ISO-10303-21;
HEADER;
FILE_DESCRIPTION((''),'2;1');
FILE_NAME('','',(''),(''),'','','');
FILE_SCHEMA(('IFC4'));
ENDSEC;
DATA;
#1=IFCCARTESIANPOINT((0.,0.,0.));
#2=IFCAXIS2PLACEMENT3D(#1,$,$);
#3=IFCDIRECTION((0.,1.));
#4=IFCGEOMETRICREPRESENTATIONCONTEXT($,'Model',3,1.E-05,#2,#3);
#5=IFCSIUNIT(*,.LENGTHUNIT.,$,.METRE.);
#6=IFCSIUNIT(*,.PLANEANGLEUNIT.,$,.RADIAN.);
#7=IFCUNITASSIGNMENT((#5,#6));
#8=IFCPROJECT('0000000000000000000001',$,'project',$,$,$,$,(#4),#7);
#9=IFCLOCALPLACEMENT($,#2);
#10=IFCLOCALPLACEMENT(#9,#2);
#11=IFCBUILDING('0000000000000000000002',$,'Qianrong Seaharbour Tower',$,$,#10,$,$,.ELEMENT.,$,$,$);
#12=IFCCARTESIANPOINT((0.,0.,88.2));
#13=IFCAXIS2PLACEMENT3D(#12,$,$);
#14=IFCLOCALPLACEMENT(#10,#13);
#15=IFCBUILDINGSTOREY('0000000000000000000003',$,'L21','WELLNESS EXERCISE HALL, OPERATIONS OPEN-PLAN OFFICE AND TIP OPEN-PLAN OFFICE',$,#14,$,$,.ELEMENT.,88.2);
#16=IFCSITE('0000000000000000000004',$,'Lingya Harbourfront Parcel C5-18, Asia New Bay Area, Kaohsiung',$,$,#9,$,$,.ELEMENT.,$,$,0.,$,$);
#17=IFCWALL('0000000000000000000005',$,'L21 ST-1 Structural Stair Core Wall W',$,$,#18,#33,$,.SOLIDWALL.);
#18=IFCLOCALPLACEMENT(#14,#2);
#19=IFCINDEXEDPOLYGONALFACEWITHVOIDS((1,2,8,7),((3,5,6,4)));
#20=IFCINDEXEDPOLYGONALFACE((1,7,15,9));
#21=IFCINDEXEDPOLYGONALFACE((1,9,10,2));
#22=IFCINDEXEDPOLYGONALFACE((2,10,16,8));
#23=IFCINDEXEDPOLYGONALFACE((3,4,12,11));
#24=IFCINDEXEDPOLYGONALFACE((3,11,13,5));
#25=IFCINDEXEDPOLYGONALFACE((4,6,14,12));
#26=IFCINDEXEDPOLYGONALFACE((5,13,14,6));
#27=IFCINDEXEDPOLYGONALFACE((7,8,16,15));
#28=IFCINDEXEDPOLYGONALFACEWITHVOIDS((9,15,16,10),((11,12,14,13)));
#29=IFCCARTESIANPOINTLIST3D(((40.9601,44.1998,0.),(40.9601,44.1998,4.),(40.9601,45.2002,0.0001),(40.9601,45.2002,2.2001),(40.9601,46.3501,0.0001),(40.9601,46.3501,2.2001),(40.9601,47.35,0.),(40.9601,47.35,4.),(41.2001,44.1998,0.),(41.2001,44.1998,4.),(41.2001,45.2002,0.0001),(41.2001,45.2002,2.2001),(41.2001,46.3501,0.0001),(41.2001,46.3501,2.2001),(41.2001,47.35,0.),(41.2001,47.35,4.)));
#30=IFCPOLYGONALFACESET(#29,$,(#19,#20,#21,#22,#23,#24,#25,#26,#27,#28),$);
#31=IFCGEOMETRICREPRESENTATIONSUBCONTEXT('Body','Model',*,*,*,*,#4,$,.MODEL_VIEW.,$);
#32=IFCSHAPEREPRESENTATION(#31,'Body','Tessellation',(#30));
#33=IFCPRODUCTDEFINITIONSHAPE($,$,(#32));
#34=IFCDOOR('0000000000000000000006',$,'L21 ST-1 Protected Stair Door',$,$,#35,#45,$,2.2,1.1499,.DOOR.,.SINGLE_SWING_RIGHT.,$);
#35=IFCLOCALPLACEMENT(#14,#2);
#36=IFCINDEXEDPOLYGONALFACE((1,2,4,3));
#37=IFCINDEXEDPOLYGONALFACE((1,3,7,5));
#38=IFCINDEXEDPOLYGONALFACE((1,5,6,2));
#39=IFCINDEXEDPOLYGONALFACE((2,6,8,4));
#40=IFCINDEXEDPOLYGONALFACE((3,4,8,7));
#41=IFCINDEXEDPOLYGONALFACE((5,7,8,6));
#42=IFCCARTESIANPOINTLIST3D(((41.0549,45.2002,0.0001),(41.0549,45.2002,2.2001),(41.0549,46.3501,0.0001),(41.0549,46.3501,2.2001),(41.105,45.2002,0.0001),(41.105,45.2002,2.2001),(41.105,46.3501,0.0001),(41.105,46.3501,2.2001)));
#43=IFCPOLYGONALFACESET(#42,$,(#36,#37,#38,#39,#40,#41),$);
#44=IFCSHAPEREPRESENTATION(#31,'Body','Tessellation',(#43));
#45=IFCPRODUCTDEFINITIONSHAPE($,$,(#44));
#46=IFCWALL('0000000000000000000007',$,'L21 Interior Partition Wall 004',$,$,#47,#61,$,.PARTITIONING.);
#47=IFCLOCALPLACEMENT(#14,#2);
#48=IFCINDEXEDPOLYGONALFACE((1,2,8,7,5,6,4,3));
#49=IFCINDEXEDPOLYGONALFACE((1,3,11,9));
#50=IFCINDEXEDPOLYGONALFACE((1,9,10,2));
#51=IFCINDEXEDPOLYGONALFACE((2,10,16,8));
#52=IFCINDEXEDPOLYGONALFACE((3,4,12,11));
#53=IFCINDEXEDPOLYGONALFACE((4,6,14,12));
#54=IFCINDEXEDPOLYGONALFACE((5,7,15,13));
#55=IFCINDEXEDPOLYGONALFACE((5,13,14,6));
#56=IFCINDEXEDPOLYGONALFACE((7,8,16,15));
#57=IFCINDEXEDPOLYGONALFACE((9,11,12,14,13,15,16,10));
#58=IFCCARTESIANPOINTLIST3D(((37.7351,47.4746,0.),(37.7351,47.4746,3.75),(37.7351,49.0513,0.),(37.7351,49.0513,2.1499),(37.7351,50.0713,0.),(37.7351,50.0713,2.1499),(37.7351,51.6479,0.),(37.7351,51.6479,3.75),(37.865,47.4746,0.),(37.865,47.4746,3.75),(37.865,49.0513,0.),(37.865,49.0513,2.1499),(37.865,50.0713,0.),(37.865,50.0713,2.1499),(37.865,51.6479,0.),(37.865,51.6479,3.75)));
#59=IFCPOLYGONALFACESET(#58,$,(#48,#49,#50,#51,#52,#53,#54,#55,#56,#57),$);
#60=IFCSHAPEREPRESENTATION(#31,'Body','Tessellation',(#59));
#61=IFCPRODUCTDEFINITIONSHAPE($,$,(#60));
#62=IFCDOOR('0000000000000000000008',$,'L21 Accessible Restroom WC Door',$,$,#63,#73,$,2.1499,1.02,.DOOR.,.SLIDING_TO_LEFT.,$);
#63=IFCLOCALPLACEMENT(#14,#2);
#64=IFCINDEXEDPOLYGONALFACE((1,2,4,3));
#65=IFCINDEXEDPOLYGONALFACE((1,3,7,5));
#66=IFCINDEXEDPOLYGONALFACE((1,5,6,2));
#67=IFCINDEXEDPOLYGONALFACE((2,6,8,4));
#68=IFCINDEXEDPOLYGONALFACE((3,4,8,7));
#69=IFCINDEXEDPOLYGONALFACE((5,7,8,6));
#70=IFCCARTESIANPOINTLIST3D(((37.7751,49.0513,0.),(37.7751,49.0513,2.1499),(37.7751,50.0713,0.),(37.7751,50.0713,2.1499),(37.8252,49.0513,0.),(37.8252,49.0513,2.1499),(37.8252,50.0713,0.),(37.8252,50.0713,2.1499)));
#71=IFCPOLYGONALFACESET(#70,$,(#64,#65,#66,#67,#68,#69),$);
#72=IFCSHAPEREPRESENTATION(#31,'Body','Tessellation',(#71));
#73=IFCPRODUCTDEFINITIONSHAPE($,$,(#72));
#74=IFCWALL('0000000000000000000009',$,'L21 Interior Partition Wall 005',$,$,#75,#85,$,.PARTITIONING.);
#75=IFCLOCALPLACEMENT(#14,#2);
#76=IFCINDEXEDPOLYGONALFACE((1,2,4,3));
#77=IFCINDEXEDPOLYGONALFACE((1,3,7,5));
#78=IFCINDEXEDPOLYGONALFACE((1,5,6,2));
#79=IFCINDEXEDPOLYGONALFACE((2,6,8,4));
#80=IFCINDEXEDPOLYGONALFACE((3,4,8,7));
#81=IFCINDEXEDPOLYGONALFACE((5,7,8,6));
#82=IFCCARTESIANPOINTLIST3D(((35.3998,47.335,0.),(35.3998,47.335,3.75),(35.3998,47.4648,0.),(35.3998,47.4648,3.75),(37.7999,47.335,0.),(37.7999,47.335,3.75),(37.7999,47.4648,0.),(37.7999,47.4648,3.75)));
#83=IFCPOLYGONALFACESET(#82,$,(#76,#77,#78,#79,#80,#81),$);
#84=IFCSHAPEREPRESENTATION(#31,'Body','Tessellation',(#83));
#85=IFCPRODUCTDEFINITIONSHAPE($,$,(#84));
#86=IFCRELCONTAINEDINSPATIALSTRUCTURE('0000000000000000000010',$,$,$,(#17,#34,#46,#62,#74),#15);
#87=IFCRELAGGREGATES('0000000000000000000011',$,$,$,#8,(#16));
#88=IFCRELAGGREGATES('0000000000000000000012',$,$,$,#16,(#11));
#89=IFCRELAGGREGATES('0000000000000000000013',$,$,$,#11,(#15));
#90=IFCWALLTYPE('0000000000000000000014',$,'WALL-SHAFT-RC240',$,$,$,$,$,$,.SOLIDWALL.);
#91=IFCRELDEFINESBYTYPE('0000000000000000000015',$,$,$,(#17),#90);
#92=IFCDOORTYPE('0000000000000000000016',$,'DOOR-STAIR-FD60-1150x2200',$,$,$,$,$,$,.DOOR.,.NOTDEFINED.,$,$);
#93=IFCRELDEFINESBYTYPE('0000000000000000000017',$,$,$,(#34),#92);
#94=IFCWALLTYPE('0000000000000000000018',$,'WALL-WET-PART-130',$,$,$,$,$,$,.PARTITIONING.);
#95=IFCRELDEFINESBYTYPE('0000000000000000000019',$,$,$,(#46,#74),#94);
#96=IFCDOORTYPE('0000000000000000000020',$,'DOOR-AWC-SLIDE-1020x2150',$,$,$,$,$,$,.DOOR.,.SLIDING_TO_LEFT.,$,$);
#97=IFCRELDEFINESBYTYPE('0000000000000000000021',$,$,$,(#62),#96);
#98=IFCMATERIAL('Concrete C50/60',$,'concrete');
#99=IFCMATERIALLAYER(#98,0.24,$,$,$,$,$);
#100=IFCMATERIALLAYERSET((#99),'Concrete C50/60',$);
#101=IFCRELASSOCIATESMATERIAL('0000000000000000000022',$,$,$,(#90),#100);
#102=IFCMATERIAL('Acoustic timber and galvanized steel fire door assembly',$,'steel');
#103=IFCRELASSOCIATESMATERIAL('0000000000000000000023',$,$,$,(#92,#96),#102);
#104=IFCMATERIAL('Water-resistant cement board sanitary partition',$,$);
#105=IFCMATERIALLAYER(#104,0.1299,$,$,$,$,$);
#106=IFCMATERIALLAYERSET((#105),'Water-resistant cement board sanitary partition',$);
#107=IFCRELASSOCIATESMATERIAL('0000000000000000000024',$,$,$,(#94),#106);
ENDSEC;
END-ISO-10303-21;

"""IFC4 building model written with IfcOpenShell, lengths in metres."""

from ifc_helpers import new_model, si_unit, direction, frame, frame_2d, origin, place, context, subcontext, project, spatial, rectangle, extrude, material, layer, layer_set, type_object, element, fill, save


model = new_model("IFC4")

# Units and contexts
model_context = context("Model", 3, precision=1e-05, world=origin(), true_north=direction((0.0, 1.0)))
body_context = subcontext(model_context, "Body", "Model", "MODEL_VIEW")
ifc_project = project(units=[si_unit("LENGTHUNIT", "METRE"), si_unit("PLANEANGLEUNIT", "RADIAN")], contexts=[model_context])

# Site, building, storey
site_placement = place(None, origin())
site = spatial("IfcSite", under=ifc_project, at=site_placement, Name="Lingya Harbourfront Parcel C5-18, Asia New Bay Area, Kaohsiung", CompositionType="ELEMENT", RefElevation=0.0)
building_placement = place(site_placement, origin())
building = spatial("IfcBuilding", under=site, at=building_placement, Name="Qianrong Seaharbour Tower", CompositionType="ELEMENT")
storey_placement = place(building_placement, frame((0.0, 0.0, 88.2)))
storey = spatial("IfcBuildingStorey", under=building, at=storey_placement, Name="L21", Description="WELLNESS EXERCISE HALL, OPERATIONS OPEN-PLAN OFFICE AND TIP OPEN-PLAN OFFICE", CompositionType="ELEMENT", Elevation=88.2)

# Shared definitions
ifc_material_1 = material(Name="Acoustic timber and galvanized steel fire door assembly", Category="steel")

# Shared definitions
ifc_material_2 = material(Name="Concrete C50/60", Category="concrete")
ifc_layer_1 = layer(ifc_material_2, 0.24)
ifc_layer_set_1 = layer_set([ifc_layer_1], Name="Concrete C50/60")
wall_type_1 = type_object("IfcWallType", Name="WALL-SHAFT-RC240", PredefinedType="SOLIDWALL", material=ifc_layer_set_1)

# Walls, openings, doors
wall_1_placement = place(storey_placement, frame((41.0801, 47.3501, 0.0), z_axis=(0.0, 0.0, 1.0), x_axis=(0.0, -1.0, 0.0)))
wall_1 = element("IfcWall", 1, at=wall_1_placement, inside=storey, type_object=wall_type_1, Name="L21 ST-1 Structural Stair Core Wall W", PredefinedType="SOLIDWALL", context=body_context, shape_type="SweptSolid", body=[
    extrude(rectangle(XDim=3.1501, YDim=0.24, at=frame_2d((1.5752, 0.0))), origin(), (0.0, 0.0, 1.0), 4.0),
])
opening_1_placement = place(wall_1_placement, frame((1.0, 0.0, 0.0)))
opening_1 = element("IfcOpeningElement", 2, at=opening_1_placement, cuts=wall_1, PredefinedType="OPENING", context=body_context, shape_type="SweptSolid", body=[
    extrude(rectangle(XDim=1.1499, YDim=2.2, at=frame_2d((0.575, 1.1001))), frame((0.0, 0.1299, 0.0), z_axis=(0.0, -1.0, 0.0), x_axis=(1.0, 0.0, 0.0)), (0.0, 0.0, 1.0), 0.26),
])
door_type_1 = type_object("IfcDoorType", Name="DOOR-STAIR-FD60-1150x2200", OperationType="NOTDEFINED", PredefinedType="DOOR", material=ifc_material_1)
door_1_placement = place(opening_1_placement, origin())
door_1 = element("IfcDoor", 3, at=door_1_placement, inside=storey, type_object=door_type_1, Name="L21 ST-1 Protected Stair Door", OperationType="SINGLE_SWING_RIGHT", OverallHeight=2.2, OverallWidth=1.1499, PredefinedType="DOOR", context=body_context, shape_type="SweptSolid", body=[
    extrude(rectangle(XDim=1.1499, YDim=2.2, at=frame_2d((0.575, 1.1001))), frame((0.0, 0.0249, 0.0), z_axis=(0.0, -1.0, 0.0), x_axis=(1.0, 0.0, 0.0)), (0.0, 0.0, 1.0), 0.05),
])
fill(opening_1, door_1)
ifc_material_3 = material(Name="Water-resistant cement board sanitary partition")
ifc_layer_2 = layer(ifc_material_3, 0.1299)
ifc_layer_set_2 = layer_set([ifc_layer_2], Name="Water-resistant cement board sanitary partition")
wall_type_2 = type_object("IfcWallType", Name="WALL-WET-PART-130", PredefinedType="PARTITIONING", material=ifc_layer_set_2)
wall_2_placement = place(storey_placement, frame((37.8, 47.4746, 0.0), z_axis=(0.0, 0.0, 1.0), x_axis=(0.0, 1.0, 0.0)))
wall_2 = element("IfcWall", 4, at=wall_2_placement, inside=storey, type_object=wall_type_2, Name="L21 Interior Partition Wall 004", PredefinedType="PARTITIONING", context=body_context, shape_type="SweptSolid", body=[
    extrude(rectangle(XDim=4.1733, YDim=0.1299, at=frame_2d((2.0867, 0.0))), origin(), (0.0, 0.0, 1.0), 3.75),
])
opening_2_placement = place(wall_2_placement, frame((1.5767, 0.0, 0.0)))
opening_2 = element("IfcOpeningElement", 5, at=opening_2_placement, cuts=wall_2, PredefinedType="OPENING", context=body_context, shape_type="SweptSolid", body=[
    extrude(rectangle(XDim=1.02, YDim=2.1499, at=frame_2d((0.51, 1.075))), frame((0.0, 0.075, 0.0), z_axis=(0.0, -1.0, 0.0), x_axis=(1.0, 0.0, 0.0)), (0.0, 0.0, 1.0), 0.1499),
])
door_type_2 = type_object("IfcDoorType", Name="DOOR-AWC-SLIDE-1020x2150", OperationType="SLIDING_TO_LEFT", PredefinedType="DOOR", material=ifc_material_1)
door_2_placement = place(opening_2_placement, origin())
door_2 = element("IfcDoor", 6, at=door_2_placement, inside=storey, type_object=door_type_2, Name="L21 Accessible Restroom WC Door", OperationType="SLIDING_TO_LEFT", OverallHeight=2.1499, OverallWidth=1.02, PredefinedType="DOOR", context=body_context, shape_type="SweptSolid", body=[
    extrude(rectangle(XDim=1.02, YDim=2.1499, at=frame_2d((0.51, 1.075))), frame((0.0, 0.0249, 0.0), z_axis=(0.0, -1.0, 0.0), x_axis=(1.0, 0.0, 0.0)), (0.0, 0.0, 1.0), 0.05),
])
fill(opening_2, door_2)

# Wall
wall_3_placement = place(storey_placement, frame((37.8, 47.3999, 0.0), z_axis=(0.0, 0.0, 1.0), x_axis=(-1.0, 0.0, 0.0)))
element("IfcWall", 7, at=wall_3_placement, inside=storey, type_object=wall_type_2, Name="L21 Interior Partition Wall 005", PredefinedType="PARTITIONING", context=body_context, shape_type="SweptSolid", body=[
    extrude(rectangle(XDim=2.4001, YDim=0.1299, at=frame_2d((1.2002, 0.0))), origin(), (0.0, 0.0, 1.0), 3.75),
])

save(model, "model.ifc")
